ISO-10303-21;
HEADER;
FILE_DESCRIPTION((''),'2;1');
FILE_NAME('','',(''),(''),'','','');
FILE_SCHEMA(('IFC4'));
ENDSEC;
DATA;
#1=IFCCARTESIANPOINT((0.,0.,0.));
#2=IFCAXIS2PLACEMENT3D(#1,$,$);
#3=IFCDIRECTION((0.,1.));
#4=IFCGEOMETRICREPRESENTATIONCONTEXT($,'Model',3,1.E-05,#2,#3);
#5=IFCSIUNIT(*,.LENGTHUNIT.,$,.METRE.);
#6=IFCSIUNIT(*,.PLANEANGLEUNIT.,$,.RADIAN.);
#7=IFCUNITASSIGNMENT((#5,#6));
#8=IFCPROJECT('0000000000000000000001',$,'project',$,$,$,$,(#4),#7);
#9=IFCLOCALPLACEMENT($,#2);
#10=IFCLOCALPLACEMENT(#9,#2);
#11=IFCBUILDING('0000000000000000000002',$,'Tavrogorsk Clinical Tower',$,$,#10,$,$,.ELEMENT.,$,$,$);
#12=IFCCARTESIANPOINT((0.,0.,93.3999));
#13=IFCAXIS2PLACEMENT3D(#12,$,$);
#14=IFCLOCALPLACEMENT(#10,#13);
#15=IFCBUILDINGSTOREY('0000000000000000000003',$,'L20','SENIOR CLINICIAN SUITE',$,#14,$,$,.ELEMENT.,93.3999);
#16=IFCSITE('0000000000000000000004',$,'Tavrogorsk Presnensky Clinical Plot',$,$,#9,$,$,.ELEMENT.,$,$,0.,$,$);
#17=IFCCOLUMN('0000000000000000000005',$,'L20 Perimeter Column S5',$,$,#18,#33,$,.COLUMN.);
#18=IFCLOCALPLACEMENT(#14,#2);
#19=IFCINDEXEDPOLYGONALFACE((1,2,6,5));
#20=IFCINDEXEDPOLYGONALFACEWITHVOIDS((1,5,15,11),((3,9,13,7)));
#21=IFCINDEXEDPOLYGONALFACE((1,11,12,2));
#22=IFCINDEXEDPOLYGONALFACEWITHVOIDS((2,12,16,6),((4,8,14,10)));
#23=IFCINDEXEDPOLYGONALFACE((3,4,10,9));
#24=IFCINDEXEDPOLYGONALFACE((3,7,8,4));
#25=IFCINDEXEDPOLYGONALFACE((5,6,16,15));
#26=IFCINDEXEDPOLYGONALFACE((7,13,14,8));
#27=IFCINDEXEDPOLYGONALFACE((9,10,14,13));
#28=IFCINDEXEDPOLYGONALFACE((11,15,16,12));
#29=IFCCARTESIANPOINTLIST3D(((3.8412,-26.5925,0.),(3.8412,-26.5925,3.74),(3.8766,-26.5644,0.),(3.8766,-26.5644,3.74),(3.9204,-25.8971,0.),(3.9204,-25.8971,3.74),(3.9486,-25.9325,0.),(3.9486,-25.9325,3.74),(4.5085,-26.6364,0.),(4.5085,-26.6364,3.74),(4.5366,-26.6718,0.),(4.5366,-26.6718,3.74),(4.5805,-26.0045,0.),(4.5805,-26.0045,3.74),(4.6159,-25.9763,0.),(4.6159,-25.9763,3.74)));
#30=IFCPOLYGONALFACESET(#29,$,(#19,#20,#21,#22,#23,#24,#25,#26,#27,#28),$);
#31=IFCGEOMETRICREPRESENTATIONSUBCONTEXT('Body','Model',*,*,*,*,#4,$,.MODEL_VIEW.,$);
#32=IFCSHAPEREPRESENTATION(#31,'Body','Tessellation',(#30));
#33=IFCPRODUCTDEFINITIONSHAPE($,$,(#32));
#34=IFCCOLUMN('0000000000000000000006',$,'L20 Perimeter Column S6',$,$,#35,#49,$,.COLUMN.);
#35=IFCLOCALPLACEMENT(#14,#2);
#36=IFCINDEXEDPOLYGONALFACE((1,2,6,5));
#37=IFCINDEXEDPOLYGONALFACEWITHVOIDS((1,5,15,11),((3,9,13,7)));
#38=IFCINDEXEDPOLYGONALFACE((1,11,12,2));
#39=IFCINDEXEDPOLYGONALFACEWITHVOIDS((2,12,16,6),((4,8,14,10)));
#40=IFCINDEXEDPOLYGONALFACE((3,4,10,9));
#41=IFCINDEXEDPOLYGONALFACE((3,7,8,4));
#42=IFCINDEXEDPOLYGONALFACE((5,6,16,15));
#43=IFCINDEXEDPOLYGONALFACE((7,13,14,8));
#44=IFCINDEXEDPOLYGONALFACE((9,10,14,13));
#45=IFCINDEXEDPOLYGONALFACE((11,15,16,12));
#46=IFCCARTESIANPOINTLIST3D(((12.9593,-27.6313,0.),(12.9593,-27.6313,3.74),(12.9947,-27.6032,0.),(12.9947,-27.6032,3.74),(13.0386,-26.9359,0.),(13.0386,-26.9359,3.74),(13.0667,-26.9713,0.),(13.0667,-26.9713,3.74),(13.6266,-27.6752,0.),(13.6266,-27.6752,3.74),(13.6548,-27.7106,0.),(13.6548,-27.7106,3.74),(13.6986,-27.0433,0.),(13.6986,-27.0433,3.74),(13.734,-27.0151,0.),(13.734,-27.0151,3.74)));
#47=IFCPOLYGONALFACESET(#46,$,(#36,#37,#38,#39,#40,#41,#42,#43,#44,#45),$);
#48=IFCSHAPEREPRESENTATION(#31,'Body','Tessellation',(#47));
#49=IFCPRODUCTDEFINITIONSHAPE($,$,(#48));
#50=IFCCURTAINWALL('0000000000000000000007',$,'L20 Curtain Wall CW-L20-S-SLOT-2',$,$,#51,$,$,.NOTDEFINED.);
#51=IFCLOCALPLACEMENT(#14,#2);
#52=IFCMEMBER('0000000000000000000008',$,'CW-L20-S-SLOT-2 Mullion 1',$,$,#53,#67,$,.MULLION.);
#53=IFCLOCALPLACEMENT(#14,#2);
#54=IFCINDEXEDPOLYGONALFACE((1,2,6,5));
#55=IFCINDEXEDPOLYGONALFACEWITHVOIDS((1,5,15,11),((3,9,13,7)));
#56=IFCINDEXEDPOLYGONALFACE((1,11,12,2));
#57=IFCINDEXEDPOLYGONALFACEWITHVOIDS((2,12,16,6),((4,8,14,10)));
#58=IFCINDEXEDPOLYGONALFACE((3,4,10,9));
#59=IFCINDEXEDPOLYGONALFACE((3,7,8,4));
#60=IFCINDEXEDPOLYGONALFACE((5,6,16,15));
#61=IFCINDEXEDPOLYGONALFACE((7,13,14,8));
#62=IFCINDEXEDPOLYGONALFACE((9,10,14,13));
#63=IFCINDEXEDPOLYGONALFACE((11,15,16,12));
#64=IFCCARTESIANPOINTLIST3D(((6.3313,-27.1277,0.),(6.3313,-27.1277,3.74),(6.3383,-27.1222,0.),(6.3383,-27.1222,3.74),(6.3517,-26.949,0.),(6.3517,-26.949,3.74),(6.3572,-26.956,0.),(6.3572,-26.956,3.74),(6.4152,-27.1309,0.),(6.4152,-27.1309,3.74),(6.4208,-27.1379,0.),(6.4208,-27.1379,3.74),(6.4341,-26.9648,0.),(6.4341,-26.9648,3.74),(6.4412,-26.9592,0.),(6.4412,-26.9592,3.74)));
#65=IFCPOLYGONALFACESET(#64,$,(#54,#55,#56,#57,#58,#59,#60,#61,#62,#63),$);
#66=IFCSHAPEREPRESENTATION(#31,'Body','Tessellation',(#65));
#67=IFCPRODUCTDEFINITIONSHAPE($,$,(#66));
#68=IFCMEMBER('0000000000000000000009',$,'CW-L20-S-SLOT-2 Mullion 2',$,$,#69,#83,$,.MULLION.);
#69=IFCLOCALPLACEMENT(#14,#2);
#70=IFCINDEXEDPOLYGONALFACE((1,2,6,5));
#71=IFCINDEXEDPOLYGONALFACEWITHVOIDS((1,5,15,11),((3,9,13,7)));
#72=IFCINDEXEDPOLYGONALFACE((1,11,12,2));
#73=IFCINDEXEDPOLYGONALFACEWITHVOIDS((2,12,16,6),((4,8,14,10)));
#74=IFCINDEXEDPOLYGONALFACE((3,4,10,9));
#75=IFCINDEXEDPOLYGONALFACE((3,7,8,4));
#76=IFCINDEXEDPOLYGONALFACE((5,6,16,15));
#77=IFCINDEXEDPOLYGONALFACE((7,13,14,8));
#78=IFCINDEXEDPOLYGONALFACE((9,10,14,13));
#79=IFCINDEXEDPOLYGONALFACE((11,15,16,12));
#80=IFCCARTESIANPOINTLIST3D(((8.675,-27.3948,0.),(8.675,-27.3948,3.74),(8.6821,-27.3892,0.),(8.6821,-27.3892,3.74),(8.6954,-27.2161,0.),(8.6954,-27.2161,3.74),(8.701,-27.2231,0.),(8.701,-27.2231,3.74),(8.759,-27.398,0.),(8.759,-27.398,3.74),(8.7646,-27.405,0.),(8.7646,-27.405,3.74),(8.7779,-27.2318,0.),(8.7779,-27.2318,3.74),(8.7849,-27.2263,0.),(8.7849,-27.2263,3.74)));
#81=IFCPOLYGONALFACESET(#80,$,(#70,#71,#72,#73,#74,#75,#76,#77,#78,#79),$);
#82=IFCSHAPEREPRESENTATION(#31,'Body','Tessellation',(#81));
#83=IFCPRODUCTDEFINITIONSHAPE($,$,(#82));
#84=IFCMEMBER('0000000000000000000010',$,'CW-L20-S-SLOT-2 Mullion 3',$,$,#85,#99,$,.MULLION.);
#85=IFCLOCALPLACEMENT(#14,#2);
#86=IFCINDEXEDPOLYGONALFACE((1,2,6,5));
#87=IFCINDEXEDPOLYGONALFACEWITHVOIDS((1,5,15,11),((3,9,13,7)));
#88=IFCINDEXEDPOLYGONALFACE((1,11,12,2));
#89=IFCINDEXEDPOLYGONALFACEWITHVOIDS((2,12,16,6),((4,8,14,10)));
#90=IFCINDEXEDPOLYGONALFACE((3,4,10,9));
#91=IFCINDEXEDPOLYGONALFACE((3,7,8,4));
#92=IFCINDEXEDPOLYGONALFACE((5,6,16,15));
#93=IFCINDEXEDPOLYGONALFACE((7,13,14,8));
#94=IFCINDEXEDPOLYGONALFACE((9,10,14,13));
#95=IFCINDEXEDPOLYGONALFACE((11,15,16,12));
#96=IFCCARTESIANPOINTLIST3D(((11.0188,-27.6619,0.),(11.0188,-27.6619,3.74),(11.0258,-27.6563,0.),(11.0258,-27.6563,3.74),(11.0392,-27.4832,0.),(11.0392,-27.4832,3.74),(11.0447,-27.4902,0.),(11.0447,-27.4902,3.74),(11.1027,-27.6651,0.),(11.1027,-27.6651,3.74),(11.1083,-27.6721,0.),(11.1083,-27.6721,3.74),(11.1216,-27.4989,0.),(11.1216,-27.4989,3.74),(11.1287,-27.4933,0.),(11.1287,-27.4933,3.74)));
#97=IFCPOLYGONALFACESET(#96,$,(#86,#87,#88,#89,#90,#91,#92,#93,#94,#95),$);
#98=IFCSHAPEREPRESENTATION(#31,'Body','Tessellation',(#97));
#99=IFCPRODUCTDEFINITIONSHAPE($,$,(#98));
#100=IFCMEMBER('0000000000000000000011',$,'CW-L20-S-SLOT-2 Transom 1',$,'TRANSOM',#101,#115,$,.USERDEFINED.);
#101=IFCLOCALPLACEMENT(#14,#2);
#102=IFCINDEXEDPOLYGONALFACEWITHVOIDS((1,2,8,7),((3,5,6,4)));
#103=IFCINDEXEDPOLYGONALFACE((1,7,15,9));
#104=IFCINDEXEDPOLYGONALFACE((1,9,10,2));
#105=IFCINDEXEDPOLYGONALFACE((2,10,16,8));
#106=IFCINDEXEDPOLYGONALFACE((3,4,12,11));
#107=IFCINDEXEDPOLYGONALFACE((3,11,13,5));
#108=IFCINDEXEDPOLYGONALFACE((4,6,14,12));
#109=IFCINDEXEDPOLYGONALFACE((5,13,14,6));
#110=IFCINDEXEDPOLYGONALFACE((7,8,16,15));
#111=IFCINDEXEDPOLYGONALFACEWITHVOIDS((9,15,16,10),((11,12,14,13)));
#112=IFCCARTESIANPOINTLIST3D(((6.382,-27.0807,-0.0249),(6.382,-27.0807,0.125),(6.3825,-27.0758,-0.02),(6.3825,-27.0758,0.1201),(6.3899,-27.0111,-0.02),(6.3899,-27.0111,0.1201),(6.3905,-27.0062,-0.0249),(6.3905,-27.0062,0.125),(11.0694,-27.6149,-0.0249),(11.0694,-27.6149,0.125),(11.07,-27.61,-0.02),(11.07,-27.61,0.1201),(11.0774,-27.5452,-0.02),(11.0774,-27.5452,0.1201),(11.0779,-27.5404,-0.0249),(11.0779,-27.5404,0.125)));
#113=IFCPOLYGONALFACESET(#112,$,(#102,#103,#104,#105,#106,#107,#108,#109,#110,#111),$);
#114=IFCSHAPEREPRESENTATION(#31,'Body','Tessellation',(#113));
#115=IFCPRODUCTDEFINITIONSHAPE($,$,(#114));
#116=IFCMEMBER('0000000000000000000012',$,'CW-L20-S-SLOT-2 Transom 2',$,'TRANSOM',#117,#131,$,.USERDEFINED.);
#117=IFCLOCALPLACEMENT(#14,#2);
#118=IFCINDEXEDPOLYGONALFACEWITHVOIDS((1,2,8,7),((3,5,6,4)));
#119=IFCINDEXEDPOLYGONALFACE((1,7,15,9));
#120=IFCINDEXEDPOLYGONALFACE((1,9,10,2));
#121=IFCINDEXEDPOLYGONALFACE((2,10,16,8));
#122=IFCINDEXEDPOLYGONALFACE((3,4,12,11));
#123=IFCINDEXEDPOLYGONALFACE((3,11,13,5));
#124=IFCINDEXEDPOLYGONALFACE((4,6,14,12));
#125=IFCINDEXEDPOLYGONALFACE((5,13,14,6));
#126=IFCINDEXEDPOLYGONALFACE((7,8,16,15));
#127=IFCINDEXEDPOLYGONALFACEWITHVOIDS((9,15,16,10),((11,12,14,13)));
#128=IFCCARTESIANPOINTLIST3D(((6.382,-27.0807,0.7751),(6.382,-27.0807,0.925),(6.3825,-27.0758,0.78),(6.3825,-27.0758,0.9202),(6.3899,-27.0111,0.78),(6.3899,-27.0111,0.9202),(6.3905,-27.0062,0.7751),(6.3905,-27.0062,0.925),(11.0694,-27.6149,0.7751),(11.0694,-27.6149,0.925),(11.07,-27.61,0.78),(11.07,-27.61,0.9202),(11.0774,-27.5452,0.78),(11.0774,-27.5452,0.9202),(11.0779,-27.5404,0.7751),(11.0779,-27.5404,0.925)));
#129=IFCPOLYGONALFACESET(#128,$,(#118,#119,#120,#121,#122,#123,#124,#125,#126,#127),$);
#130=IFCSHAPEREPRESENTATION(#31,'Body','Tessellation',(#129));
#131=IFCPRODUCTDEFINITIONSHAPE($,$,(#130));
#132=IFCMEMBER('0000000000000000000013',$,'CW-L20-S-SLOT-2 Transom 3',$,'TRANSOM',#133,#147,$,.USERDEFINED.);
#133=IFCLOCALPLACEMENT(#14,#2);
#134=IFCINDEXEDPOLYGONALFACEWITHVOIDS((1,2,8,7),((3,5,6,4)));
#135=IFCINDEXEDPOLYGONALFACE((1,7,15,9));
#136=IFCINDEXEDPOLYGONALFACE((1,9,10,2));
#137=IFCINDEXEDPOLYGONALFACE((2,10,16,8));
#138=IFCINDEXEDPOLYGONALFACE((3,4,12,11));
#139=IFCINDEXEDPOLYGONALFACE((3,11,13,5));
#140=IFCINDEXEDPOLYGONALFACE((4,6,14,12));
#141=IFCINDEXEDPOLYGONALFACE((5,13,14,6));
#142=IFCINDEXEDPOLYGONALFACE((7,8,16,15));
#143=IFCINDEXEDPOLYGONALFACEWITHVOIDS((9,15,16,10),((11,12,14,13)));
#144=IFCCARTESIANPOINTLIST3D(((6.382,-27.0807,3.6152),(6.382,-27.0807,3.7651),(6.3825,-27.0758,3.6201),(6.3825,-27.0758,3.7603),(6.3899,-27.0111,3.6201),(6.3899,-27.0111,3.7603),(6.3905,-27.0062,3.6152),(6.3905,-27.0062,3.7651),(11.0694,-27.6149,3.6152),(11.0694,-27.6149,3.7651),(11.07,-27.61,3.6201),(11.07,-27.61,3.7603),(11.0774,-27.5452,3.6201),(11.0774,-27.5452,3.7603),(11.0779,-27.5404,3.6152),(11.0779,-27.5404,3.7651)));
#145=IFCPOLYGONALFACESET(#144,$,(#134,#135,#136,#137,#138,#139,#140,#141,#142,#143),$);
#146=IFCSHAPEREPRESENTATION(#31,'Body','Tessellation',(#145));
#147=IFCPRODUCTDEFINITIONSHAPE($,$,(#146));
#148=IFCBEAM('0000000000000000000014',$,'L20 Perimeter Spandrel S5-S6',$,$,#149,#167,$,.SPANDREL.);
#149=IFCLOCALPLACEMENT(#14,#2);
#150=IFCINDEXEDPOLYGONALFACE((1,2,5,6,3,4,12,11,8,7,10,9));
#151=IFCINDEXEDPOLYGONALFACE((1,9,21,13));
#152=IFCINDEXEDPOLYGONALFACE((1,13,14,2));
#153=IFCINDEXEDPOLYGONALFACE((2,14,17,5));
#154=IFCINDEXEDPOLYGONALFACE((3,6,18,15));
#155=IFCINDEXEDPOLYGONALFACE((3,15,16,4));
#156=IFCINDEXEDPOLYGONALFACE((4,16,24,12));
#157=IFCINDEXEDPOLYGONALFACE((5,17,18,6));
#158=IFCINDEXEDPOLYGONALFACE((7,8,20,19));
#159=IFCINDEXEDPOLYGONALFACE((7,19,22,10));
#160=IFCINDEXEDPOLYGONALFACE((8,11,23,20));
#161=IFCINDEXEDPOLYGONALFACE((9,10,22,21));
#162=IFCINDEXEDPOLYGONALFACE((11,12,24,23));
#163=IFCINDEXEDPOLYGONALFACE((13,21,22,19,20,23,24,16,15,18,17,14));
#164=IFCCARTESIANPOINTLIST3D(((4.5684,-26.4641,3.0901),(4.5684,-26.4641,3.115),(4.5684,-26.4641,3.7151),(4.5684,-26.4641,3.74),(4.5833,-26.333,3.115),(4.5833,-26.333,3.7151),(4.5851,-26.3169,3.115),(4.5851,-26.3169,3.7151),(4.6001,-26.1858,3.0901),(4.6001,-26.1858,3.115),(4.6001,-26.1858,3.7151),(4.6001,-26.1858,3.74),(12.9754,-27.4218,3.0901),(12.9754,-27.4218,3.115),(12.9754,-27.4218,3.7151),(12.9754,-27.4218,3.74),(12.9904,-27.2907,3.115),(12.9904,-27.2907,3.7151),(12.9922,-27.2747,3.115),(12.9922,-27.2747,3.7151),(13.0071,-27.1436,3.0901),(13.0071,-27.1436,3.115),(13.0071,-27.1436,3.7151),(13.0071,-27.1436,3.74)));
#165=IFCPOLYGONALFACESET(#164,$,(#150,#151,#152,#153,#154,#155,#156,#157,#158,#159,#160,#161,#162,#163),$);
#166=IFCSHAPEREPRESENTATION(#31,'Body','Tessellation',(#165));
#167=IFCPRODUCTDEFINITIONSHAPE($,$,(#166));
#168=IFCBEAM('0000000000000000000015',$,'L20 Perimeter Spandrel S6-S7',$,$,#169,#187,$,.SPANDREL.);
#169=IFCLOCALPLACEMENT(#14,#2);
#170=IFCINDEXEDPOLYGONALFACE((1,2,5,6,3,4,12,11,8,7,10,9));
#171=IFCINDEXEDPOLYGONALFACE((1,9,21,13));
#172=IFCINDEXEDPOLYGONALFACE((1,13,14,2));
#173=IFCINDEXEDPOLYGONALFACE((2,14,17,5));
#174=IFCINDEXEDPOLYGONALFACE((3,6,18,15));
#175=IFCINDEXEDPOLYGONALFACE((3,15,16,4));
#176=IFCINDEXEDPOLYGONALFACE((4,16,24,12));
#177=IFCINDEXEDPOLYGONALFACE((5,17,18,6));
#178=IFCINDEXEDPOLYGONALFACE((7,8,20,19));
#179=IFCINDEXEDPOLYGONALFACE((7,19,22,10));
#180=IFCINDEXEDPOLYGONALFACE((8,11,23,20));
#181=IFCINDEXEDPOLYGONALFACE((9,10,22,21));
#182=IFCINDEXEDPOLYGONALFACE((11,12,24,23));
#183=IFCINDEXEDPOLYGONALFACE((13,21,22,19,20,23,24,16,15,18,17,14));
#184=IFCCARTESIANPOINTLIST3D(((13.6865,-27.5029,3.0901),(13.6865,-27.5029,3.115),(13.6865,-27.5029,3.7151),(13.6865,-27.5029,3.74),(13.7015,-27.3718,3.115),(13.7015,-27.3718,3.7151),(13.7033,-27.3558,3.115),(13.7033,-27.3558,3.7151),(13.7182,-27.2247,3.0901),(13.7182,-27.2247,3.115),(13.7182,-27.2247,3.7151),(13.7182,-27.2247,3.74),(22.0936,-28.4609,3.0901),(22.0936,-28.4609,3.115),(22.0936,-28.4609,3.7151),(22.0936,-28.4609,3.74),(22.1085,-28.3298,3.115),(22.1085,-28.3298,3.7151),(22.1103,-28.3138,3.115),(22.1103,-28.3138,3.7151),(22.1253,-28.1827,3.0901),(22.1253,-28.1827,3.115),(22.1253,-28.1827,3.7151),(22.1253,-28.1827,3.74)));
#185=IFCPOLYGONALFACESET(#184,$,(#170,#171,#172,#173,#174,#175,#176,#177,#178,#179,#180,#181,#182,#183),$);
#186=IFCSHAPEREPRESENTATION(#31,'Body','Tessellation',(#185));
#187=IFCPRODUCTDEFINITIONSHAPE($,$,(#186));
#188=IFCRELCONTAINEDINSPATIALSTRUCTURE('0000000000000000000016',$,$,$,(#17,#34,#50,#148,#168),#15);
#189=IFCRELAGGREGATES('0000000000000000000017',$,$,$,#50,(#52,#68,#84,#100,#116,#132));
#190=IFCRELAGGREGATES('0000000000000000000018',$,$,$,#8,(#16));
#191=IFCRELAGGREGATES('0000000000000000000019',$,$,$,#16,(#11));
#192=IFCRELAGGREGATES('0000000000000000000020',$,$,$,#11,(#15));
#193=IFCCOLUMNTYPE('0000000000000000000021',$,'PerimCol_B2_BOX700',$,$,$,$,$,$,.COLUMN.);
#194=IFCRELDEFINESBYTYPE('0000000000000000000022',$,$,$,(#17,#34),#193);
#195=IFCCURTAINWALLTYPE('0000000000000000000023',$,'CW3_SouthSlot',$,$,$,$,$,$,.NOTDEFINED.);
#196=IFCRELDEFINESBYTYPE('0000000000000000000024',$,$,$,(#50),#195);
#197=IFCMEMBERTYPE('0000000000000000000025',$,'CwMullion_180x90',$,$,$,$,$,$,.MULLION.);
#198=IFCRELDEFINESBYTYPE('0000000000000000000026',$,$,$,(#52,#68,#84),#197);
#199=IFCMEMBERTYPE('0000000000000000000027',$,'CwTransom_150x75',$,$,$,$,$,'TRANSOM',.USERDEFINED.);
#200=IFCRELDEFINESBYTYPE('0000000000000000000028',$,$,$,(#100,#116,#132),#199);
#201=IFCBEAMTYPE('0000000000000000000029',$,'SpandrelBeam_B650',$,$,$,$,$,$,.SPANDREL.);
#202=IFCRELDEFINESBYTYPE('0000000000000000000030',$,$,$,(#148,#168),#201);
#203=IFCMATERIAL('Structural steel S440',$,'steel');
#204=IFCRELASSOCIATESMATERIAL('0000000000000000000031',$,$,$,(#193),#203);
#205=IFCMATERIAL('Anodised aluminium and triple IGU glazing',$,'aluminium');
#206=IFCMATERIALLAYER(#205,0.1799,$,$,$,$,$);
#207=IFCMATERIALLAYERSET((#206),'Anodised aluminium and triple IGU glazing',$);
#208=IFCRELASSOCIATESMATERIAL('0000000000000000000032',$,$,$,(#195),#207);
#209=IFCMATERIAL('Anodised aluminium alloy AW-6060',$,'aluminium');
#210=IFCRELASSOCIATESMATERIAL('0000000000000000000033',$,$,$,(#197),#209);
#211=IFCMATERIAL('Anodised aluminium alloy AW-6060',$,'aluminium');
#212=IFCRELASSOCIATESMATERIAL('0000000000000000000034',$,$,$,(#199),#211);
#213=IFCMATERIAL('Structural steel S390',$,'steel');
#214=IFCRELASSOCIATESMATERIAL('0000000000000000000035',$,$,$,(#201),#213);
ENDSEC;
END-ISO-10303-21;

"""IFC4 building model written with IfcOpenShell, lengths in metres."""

from ifc_helpers import new_model, si_unit, direction, frame, origin, origin_2d, place, context, subcontext, project, spatial, hollow_rectangle, i_section, extrude, material, layer, layer_set, material_profile, profile_set, type_object, element, aggregate, save


model = new_model("IFC4")

# Units and contexts
model_context = context("Model", 3, precision=1e-05, world=origin(), true_north=direction((0.0, 1.0)))
body_context = subcontext(model_context, "Body", "Model", "MODEL_VIEW")
ifc_project = project(units=[si_unit("LENGTHUNIT", "METRE"), si_unit("PLANEANGLEUNIT", "RADIAN")], contexts=[model_context])

# Site, building, storey
site_placement = place(None, origin())
site = spatial("IfcSite", under=ifc_project, at=site_placement, Name="Tavrogorsk Presnensky Clinical Plot", CompositionType="ELEMENT", RefElevation=0.0)
building_placement = place(site_placement, origin())
building = spatial("IfcBuilding", under=site, at=building_placement, Name="Tavrogorsk Clinical Tower", CompositionType="ELEMENT")
storey_placement = place(building_placement, frame((0.0, 0.0, 93.3999)))
storey = spatial("IfcBuildingStorey", under=building, at=storey_placement, Name="L20", Description="SENIOR CLINICIAN SUITE", CompositionType="ELEMENT", Elevation=93.3999)

# Columns
ifc_material_1 = material(Name="Structural steel S440", Category="steel")
ifc_material_profile_1 = material_profile(ifc_material_1, hollow_rectangle(XDim=0.7, YDim=0.7, WallThickness=0.032, at=origin_2d()), Name="BOX-700x700x32")
ifc_profile_set_1 = profile_set([ifc_material_profile_1], Name="Structural steel S440")
column_type = type_object("IfcColumnType", Name="PerimCol_B2_BOX700", PredefinedType="COLUMN", material=ifc_profile_set_1)
for number, where, z_axis, x_axis, name in (
    (1, (4.2285, -26.2844, 0.0), (0.0, 0.0, 1.0), (0.993572, -0.113203, 0.0), "L20 Perimeter Column S5"),
    (2, (13.3467, -27.3232, 0.0), (0.0, 0.0, 1.0), (0.993572, -0.113203, 0.0), "L20 Perimeter Column S6"),
):
    element("IfcColumn", number, at=place(storey_placement, frame(where, z_axis=z_axis, x_axis=x_axis)), inside=storey, type_object=column_type, Name=name, PredefinedType="COLUMN", context=body_context, shape_type="SweptSolid", body=[
        extrude(hollow_rectangle(XDim=0.7, YDim=0.7, WallThickness=0.032, at=origin_2d()), origin(), (0.0, 0.0, 1.0), 3.74),
    ])

# Curtain wall, members
ifc_material_2 = material(Name="Anodised aluminium and triple IGU glazing", Category="aluminium")
ifc_layer_1 = layer(ifc_material_2, 0.1799)
ifc_layer_set_1 = layer_set([ifc_layer_1], Name="Anodised aluminium and triple IGU glazing")
curtain_wall_type = type_object("IfcCurtainWallType", Name="CW3_SouthSlot", PredefinedType="NOTDEFINED", material=ifc_layer_set_1)
curtain_wall_placement = place(storey_placement, origin())
curtain_wall = element("IfcCurtainWall", 3, at=curtain_wall_placement, inside=storey, type_object=curtain_wall_type, Name="L20 Curtain Wall CW-L20-S-SLOT-2", PredefinedType="NOTDEFINED")
ifc_material_3 = material(Name="Anodised aluminium alloy AW-6060", Category="aluminium")
ifc_material_profile_2 = material_profile(ifc_material_3, hollow_rectangle(XDim=0.0901, YDim=0.1799, WallThickness=0.0063, at=origin_2d()), Name="RHS-180x90x6.3")
ifc_profile_set_2 = profile_set([ifc_material_profile_2], Name="Anodised aluminium alloy AW-6060")
member_type_1 = type_object("IfcMemberType", Name="CwMullion_180x90", PredefinedType="MULLION", material=ifc_profile_set_2)
member_1_placement = place(storey_placement, frame((6.3862, -27.0435, 0.0), z_axis=(0.0, 0.0, 1.0), x_axis=(0.993572, -0.113203, 0.0)))
member_1 = element("IfcMember", 4, at=member_1_placement, type_object=member_type_1, Name="CW-L20-S-SLOT-2 Mullion 1", PredefinedType="MULLION", context=body_context, shape_type="SweptSolid", body=[
    extrude(hollow_rectangle(XDim=0.0901, YDim=0.1799, WallThickness=0.0063, at=origin_2d()), origin(), (0.0, 0.0, 1.0), 3.74),
])
member_2_placement = place(storey_placement, frame((8.73, -27.3105, 0.0), z_axis=(0.0, 0.0, 1.0), x_axis=(0.993572, -0.113203, 0.0)))
member_2 = element("IfcMember", 5, at=member_2_placement, type_object=member_type_1, Name="CW-L20-S-SLOT-2 Mullion 2", PredefinedType="MULLION", context=body_context, shape_type="SweptSolid", body=[
    extrude(hollow_rectangle(XDim=0.0901, YDim=0.1799, WallThickness=0.0063, at=origin_2d()), origin(), (0.0, 0.0, 1.0), 3.74),
])
member_3_placement = place(storey_placement, frame((11.0737, -27.5776, 0.0), z_axis=(0.0, 0.0, 1.0), x_axis=(0.993572, -0.113203, 0.0)))
member_3 = element("IfcMember", 6, at=member_3_placement, type_object=member_type_1, Name="CW-L20-S-SLOT-2 Mullion 3", PredefinedType="MULLION", context=body_context, shape_type="SweptSolid", body=[
    extrude(hollow_rectangle(XDim=0.0901, YDim=0.1799, WallThickness=0.0063, at=origin_2d()), origin(), (0.0, 0.0, 1.0), 3.74),
])
ifc_material_4 = material(Name="Anodised aluminium alloy AW-6060", Category="aluminium")
ifc_material_profile_3 = material_profile(ifc_material_4, hollow_rectangle(XDim=0.075, YDim=0.1499, WallThickness=0.0049, at=origin_2d()), Name="RHS-150x75x5")
ifc_profile_set_3 = profile_set([ifc_material_profile_3], Name="Anodised aluminium alloy AW-6060")
member_type_2 = type_object("IfcMemberType", Name="CwTransom_150x75", ElementType="TRANSOM", PredefinedType="USERDEFINED", material=ifc_profile_set_3)
member_4_placement = place(storey_placement, frame((6.3862, -27.0435, 0.05), z_axis=(0.993569, -0.113226, 0.0), x_axis=(0.113226, 0.993569, 0.0)))
member_4 = element("IfcMember", 7, at=member_4_placement, type_object=member_type_2, Name="CW-L20-S-SLOT-2 Transom 1", ObjectType="TRANSOM", PredefinedType="USERDEFINED", context=body_context, shape_type="SweptSolid", body=[
    extrude(hollow_rectangle(XDim=0.075, YDim=0.1499, WallThickness=0.0049, at=origin_2d()), origin(), (0.0, 0.0, 1.0), 4.7178),
])
member_5_placement = place(storey_placement, frame((6.3862, -27.0435, 0.8501), z_axis=(0.993569, -0.113226, 0.0), x_axis=(0.113226, 0.993569, 0.0)))
member_5 = element("IfcMember", 8, at=member_5_placement, type_object=member_type_2, Name="CW-L20-S-SLOT-2 Transom 2", ObjectType="TRANSOM", PredefinedType="USERDEFINED", context=body_context, shape_type="SweptSolid", body=[
    extrude(hollow_rectangle(XDim=0.075, YDim=0.1499, WallThickness=0.0049, at=origin_2d()), origin(), (0.0, 0.0, 1.0), 4.7178),
])
member_6_placement = place(storey_placement, frame((6.3862, -27.0435, 3.6902), z_axis=(0.993569, -0.113226, 0.0), x_axis=(0.113226, 0.993569, 0.0)))
member_6 = element("IfcMember", 9, at=member_6_placement, type_object=member_type_2, Name="CW-L20-S-SLOT-2 Transom 3", ObjectType="TRANSOM", PredefinedType="USERDEFINED", context=body_context, shape_type="SweptSolid", body=[
    extrude(hollow_rectangle(XDim=0.075, YDim=0.1499, WallThickness=0.0049, at=origin_2d()), origin(), (0.0, 0.0, 1.0), 4.7178),
])

# Beams
ifc_material_5 = material(Name="Structural steel S390", Category="steel")
ifc_material_profile_4 = material_profile(ifc_material_5, i_section(OverallWidth=0.28, OverallDepth=0.6499, WebThickness=0.0161, FlangeThickness=0.0249, at=origin_2d()), Name="B-650x280x16x25")
ifc_profile_set_4 = profile_set([ifc_material_profile_4], Name="Structural steel S390")
beam_type = type_object("IfcBeamType", Name="SpandrelBeam_B650", PredefinedType="SPANDREL", material=ifc_profile_set_4)
for number, where, z_axis, x_axis, name in (
    (10, (4.5842, -26.325, 3.415), (0.993573, -0.113193, 0.0), (0.113193, 0.993573, 0.0), "L20 Perimeter Spandrel S5-S6"),
    (11, (13.7024, -27.3638, 3.415), (0.99357, -0.113221, 0.0), (0.113221, 0.99357, 0.0), "L20 Perimeter Spandrel S6-S7"),
):
    element("IfcBeam", number, at=place(storey_placement, frame(where, z_axis=z_axis, x_axis=x_axis)), inside=storey, type_object=beam_type, Name=name, PredefinedType="SPANDREL", context=body_context, shape_type="SweptSolid", body=[
        extrude(i_section(OverallWidth=0.28, OverallDepth=0.6499, WebThickness=0.0161, FlangeThickness=0.0249, at=origin_2d()), origin(), (0.0, 0.0, 1.0), 8.4614),
    ])

aggregate(curtain_wall, [member_1, member_2, member_3, member_4, member_5, member_6])

save(model, "model.ifc")
